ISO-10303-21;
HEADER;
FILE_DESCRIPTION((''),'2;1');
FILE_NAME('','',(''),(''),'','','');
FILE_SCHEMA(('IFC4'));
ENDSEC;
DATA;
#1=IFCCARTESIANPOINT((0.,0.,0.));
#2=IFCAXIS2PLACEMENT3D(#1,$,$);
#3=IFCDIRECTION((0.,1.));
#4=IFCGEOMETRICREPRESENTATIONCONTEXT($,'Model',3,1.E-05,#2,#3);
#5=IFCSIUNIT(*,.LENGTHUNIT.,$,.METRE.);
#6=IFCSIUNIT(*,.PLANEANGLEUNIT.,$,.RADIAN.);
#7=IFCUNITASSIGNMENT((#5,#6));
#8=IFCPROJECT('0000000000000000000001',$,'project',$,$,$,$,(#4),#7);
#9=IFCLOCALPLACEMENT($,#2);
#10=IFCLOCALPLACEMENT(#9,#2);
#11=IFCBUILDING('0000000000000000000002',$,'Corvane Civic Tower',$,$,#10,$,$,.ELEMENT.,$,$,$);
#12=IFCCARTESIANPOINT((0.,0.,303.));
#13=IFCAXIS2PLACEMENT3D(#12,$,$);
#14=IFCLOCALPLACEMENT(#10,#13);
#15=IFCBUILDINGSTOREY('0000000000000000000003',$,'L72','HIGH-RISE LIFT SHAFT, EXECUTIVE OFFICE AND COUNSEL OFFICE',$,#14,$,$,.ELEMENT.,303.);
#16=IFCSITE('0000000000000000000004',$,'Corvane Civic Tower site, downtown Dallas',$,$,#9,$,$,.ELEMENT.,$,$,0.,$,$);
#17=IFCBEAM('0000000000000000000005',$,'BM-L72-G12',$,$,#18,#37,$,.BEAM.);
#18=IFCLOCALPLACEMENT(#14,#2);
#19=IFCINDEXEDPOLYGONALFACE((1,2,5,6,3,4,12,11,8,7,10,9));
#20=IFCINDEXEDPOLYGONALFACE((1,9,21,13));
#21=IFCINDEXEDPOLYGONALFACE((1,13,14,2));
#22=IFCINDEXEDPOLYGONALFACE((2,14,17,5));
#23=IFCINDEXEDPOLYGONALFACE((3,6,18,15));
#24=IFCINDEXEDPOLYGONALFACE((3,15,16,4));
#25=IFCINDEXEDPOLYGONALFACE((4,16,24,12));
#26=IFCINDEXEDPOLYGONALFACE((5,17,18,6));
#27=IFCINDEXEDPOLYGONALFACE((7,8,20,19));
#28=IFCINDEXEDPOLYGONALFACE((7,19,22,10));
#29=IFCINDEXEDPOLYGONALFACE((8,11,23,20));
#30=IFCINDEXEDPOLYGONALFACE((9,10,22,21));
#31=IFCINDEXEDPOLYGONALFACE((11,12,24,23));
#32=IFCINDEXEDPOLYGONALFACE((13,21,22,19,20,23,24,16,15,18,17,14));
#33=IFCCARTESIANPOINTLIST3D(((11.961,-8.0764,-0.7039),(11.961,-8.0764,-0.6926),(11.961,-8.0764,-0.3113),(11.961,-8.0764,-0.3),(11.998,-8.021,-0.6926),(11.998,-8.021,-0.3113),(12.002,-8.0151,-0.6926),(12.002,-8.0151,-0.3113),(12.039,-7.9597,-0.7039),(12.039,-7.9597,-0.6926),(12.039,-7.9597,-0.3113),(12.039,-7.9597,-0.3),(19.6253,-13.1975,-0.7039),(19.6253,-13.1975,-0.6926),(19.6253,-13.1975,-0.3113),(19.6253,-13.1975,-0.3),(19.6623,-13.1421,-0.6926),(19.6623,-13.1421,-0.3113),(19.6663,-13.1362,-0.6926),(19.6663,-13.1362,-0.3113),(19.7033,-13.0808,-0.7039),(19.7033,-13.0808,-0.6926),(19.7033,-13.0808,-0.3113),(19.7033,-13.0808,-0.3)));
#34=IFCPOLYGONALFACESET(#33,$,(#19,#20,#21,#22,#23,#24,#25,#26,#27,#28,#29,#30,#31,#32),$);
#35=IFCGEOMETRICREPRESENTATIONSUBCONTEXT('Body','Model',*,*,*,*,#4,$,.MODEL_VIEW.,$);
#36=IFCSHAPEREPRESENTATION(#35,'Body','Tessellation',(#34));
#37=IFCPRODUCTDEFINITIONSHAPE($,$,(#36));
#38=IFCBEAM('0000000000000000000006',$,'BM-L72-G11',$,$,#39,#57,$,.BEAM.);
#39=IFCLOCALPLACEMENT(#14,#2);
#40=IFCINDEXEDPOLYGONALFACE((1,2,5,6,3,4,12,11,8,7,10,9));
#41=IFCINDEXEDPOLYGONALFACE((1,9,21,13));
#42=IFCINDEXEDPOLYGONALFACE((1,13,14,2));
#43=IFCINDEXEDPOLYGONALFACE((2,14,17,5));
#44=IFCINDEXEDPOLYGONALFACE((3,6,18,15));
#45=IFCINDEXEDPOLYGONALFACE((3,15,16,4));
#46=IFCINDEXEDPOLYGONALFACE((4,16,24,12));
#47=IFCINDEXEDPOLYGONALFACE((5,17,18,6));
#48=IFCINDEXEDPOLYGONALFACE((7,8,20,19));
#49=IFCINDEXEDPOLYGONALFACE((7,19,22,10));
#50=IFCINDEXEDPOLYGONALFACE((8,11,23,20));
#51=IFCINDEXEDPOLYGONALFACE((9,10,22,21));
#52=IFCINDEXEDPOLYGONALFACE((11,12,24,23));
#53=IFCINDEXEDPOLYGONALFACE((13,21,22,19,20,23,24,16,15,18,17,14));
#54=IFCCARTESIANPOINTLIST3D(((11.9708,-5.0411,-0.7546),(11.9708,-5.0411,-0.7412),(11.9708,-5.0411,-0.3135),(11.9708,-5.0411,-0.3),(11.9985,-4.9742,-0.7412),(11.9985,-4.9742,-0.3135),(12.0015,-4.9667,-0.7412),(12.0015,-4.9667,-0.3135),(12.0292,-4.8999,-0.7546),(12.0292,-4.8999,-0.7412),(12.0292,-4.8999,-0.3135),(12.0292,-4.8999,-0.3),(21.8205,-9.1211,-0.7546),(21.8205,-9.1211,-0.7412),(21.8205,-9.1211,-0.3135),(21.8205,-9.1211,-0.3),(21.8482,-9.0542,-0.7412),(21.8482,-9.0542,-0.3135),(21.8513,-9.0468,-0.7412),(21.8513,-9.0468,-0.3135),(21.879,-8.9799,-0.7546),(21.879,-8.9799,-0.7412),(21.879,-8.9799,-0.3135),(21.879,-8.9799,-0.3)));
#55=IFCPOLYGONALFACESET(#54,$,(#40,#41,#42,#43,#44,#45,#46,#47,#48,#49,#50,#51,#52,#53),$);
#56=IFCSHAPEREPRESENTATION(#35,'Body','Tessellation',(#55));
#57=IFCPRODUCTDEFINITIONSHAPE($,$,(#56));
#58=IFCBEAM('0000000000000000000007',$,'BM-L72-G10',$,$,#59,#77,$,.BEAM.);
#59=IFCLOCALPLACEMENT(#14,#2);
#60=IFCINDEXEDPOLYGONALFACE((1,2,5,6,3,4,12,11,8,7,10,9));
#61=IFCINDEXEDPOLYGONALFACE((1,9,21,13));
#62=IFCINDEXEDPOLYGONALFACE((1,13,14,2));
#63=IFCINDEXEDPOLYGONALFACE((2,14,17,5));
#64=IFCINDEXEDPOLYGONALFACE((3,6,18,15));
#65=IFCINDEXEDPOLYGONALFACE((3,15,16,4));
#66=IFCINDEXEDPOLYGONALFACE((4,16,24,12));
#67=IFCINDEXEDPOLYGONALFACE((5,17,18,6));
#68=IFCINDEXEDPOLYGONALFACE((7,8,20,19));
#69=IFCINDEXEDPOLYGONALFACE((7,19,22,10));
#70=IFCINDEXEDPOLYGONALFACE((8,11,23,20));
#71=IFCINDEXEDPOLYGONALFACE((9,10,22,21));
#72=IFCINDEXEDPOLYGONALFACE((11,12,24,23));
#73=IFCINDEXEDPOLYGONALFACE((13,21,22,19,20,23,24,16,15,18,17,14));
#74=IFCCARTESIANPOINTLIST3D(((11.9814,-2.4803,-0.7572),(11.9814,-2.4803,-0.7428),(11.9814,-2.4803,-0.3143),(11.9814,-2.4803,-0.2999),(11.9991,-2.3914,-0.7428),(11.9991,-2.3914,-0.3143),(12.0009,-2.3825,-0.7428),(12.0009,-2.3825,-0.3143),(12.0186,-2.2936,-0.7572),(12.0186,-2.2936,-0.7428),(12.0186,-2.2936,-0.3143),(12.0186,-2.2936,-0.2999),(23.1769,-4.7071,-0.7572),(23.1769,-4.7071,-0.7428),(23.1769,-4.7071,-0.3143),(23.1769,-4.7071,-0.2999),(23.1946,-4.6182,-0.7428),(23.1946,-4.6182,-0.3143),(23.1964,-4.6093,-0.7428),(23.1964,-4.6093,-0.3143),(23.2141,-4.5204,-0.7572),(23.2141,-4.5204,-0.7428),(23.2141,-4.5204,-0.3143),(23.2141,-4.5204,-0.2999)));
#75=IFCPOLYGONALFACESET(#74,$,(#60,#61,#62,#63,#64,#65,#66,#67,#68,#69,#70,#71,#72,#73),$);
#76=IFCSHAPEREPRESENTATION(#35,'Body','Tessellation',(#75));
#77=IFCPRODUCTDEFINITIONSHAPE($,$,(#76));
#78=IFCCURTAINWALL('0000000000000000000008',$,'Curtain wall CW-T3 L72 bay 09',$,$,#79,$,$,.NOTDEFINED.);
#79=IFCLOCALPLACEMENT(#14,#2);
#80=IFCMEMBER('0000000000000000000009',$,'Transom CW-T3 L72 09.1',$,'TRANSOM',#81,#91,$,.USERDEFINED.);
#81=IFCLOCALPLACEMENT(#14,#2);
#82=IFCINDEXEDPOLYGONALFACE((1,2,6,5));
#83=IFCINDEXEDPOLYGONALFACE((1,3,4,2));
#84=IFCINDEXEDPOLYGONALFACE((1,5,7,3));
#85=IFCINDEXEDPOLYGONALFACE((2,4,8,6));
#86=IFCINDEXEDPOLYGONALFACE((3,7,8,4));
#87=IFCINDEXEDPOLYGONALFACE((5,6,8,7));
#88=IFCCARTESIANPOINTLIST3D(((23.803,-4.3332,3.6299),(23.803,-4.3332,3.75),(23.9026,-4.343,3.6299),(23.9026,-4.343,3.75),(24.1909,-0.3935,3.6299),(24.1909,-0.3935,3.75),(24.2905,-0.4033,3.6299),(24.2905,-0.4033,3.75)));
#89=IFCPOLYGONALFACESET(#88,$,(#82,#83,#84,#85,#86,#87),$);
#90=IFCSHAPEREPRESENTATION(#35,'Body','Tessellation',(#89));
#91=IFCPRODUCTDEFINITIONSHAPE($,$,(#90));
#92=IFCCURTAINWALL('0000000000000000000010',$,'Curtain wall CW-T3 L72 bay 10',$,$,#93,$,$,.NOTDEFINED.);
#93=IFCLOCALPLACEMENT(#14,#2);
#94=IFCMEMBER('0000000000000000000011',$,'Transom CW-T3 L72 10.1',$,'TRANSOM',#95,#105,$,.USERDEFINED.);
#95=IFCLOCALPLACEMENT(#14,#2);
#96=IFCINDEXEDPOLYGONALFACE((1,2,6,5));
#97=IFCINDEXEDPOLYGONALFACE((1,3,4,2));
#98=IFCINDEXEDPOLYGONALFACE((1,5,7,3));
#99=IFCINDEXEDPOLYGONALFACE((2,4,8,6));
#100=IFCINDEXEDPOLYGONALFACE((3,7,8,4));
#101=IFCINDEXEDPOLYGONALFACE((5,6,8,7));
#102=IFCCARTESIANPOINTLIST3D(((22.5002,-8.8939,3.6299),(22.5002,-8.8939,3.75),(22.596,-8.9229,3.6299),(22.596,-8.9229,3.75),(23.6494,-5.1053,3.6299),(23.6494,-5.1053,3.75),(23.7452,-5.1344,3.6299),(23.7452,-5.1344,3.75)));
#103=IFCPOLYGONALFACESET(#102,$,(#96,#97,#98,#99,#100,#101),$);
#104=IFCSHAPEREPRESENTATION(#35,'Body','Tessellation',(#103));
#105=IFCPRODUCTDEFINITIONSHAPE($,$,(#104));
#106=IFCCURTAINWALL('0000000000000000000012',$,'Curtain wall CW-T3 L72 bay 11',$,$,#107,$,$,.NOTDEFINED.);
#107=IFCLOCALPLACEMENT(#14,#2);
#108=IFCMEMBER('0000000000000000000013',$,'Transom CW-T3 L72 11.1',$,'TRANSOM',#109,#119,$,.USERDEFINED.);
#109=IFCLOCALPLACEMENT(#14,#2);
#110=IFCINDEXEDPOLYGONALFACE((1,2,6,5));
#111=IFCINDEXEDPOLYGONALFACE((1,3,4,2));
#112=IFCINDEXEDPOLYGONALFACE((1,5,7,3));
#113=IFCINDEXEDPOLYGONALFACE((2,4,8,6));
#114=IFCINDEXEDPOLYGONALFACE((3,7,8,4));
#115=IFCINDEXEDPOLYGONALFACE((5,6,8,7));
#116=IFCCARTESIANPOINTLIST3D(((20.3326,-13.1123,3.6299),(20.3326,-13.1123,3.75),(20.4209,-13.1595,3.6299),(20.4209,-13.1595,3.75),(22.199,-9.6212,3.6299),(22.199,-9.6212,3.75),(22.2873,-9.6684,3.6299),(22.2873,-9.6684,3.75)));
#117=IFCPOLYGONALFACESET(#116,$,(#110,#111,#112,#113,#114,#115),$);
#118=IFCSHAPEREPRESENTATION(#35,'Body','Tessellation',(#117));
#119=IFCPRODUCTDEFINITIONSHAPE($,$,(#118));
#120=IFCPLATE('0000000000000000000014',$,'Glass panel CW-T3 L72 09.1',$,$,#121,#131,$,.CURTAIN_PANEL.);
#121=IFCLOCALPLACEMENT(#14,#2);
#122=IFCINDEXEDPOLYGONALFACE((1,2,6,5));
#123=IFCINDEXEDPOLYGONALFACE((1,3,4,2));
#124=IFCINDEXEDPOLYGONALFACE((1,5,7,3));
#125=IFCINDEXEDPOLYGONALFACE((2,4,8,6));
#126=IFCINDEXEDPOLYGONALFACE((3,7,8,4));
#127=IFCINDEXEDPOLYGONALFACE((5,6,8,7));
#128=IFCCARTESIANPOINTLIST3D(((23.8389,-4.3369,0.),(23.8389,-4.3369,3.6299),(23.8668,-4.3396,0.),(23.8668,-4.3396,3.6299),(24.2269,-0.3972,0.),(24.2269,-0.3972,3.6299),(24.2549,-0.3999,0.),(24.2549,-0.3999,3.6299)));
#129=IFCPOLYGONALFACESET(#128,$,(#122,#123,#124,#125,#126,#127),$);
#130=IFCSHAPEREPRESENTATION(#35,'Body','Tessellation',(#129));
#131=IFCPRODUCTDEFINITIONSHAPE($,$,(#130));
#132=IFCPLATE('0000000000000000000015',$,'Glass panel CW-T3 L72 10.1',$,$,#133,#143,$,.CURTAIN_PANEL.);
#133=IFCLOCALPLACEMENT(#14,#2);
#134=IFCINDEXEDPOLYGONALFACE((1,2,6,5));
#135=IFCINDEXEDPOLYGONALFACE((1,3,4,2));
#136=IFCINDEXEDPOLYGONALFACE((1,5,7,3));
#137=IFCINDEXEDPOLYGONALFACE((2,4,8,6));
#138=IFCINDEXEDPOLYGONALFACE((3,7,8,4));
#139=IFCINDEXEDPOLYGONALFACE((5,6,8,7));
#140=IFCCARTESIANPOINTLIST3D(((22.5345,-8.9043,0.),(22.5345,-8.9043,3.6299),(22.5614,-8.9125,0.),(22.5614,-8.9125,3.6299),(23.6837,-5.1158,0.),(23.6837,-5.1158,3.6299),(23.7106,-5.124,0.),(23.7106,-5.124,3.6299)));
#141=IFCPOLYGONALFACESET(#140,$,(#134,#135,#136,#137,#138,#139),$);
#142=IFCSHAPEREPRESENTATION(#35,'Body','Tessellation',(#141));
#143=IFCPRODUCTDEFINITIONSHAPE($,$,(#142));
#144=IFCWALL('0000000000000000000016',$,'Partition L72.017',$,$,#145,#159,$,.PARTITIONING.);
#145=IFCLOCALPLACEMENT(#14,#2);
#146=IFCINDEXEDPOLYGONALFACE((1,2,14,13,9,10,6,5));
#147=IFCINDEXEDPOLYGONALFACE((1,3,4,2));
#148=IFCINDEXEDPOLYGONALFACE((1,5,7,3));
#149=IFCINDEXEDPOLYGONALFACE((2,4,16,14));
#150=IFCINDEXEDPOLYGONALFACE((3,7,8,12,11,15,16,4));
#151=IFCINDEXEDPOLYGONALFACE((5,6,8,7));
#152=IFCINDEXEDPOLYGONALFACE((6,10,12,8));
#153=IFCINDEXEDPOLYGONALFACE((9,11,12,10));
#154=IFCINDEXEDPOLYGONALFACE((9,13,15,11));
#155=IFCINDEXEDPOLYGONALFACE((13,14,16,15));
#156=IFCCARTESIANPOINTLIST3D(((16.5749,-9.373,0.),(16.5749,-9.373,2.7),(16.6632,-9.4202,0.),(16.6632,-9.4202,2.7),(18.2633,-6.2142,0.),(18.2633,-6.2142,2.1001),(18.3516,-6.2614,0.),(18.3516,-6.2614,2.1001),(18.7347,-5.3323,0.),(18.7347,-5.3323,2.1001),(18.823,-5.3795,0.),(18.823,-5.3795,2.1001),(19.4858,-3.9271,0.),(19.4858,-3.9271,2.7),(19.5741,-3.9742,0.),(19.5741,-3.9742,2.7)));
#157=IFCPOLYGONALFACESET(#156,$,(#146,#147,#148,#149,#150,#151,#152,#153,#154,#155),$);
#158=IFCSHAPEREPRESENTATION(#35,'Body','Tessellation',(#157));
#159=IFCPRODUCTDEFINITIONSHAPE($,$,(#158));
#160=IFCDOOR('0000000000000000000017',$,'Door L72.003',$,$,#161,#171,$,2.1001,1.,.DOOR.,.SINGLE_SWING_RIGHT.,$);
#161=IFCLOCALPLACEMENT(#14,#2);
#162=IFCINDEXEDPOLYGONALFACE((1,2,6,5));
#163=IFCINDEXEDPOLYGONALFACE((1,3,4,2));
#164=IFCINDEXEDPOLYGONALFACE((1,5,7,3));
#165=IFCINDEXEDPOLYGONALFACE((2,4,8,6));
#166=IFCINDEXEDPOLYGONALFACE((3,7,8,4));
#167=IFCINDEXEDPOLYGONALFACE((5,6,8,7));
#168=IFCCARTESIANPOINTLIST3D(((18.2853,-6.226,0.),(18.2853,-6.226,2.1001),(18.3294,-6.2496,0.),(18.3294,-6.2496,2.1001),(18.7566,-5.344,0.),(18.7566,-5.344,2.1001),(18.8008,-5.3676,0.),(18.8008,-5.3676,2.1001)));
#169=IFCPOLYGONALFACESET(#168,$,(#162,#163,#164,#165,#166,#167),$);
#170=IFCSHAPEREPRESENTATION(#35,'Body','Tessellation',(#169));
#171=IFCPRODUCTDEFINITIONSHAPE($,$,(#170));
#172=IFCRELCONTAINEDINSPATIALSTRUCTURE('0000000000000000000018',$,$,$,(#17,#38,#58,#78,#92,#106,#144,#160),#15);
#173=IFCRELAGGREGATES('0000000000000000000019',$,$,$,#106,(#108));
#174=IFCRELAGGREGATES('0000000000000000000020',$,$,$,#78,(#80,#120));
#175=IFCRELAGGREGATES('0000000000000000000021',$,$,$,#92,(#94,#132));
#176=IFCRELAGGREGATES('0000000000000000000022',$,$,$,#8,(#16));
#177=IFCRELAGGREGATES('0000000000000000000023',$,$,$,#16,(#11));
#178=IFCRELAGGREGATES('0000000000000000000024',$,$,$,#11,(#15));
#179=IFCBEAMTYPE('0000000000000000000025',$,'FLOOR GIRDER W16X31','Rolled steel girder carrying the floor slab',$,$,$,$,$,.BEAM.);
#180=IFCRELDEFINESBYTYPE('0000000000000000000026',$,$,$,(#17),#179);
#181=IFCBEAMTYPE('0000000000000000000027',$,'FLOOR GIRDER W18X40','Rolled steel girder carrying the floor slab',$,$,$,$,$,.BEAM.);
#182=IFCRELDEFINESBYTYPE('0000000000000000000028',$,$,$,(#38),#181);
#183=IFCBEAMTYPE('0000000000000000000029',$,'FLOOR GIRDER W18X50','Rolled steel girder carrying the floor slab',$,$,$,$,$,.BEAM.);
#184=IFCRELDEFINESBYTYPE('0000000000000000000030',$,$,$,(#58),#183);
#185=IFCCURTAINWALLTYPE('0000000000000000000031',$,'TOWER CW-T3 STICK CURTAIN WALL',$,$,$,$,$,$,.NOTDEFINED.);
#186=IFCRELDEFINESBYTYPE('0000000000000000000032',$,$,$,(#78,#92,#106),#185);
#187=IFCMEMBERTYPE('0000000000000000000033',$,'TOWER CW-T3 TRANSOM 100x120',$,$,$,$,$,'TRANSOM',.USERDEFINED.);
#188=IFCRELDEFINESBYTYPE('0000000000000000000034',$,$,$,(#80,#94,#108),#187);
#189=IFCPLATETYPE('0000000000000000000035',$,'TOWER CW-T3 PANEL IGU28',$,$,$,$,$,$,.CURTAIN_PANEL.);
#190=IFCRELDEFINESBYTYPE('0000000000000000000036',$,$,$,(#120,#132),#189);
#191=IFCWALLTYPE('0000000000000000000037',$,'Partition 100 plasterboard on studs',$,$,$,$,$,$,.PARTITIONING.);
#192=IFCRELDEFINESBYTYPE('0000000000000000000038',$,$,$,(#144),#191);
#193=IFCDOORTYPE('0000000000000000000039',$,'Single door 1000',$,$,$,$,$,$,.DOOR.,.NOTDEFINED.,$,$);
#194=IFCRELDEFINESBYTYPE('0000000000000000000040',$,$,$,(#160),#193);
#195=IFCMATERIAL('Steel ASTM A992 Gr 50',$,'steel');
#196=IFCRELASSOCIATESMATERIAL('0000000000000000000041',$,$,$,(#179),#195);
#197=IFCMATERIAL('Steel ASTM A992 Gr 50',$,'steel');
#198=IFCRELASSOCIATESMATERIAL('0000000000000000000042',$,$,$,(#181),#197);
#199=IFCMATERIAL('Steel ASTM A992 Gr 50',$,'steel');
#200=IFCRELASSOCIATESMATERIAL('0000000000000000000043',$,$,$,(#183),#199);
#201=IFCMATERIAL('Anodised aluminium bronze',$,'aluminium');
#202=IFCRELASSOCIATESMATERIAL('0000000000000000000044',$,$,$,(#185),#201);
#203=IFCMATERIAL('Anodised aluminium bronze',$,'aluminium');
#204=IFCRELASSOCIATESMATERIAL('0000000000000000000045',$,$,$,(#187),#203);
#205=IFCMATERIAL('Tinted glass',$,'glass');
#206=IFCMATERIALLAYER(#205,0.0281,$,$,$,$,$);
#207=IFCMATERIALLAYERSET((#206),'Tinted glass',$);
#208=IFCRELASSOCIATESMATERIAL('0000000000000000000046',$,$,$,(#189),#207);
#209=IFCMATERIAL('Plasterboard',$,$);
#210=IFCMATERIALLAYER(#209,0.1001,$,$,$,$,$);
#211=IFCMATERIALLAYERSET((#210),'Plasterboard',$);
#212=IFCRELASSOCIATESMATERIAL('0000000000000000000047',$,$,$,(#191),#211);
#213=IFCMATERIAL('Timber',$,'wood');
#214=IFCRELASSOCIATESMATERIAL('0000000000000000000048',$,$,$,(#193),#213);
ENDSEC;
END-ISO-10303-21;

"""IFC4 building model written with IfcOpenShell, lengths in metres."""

from ifc_helpers import new_model, si_unit, direction, frame, frame_2d, origin, origin_2d, place, context, subcontext, project, spatial, rectangle, i_section, extrude, material, layer, layer_set, material_profile, profile_set, type_object, element, fill, aggregate, save


model = new_model("IFC4")

# Units and contexts
model_context = context("Model", 3, precision=1e-05, world=origin(), true_north=direction((0.0, 1.0)))
body_context = subcontext(model_context, "Body", "Model", "MODEL_VIEW")
ifc_project = project(units=[si_unit("LENGTHUNIT", "METRE"), si_unit("PLANEANGLEUNIT", "RADIAN")], contexts=[model_context])

# Site, building, storey
site_placement = place(None, origin())
site = spatial("IfcSite", under=ifc_project, at=site_placement, Name="Corvane Civic Tower site, downtown Dallas", CompositionType="ELEMENT", RefElevation=0.0)
building_placement = place(site_placement, origin())
building = spatial("IfcBuilding", under=site, at=building_placement, Name="Corvane Civic Tower", CompositionType="ELEMENT")
storey_placement = place(building_placement, frame((0.0, 0.0, 303.0)))
storey = spatial("IfcBuildingStorey", under=building, at=storey_placement, Name="L72", Description="HIGH-RISE LIFT SHAFT, EXECUTIVE OFFICE AND COUNSEL OFFICE", CompositionType="ELEMENT", Elevation=303.0)

# Beams
ifc_material_1 = material(Name="Steel ASTM A992 Gr 50", Category="steel")
ifc_material_profile_1 = material_profile(ifc_material_1, i_section(OverallWidth=0.1404, OverallDepth=0.4038, WebThickness=0.0071, FlangeThickness=0.0112, at=origin_2d()), Name="W16X31")
ifc_profile_set_1 = profile_set([ifc_material_profile_1], Name="Steel ASTM A992 Gr 50")
beam_type_1 = type_object("IfcBeamType", Name="FLOOR GIRDER W16X31", Description="Rolled steel girder carrying the floor slab", PredefinedType="BEAM", material=ifc_profile_set_1)
beam_1_placement = place(storey_placement, frame((12.0, -8.0181, -0.502), z_axis=(0.831471, -0.555568, 0.0), x_axis=(0.555568, 0.831471, 0.0)))
element("IfcBeam", 1, at=beam_1_placement, inside=storey, type_object=beam_type_1, Name="BM-L72-G12", PredefinedType="BEAM", context=body_context, shape_type="SweptSolid", body=[
    extrude(i_section(OverallWidth=0.1404, OverallDepth=0.4038, WebThickness=0.0071, FlangeThickness=0.0112, at=origin_2d()), origin(), (0.0, 0.0, 1.0), 9.2178),
])
ifc_material_2 = material(Name="Steel ASTM A992 Gr 50", Category="steel")
ifc_material_profile_2 = material_profile(ifc_material_2, i_section(OverallWidth=0.1528, OverallDepth=0.4546, WebThickness=0.0081, FlangeThickness=0.0134, at=origin_2d()), Name="W18X40")
ifc_profile_set_2 = profile_set([ifc_material_profile_2], Name="Steel ASTM A992 Gr 50")
beam_type_2 = type_object("IfcBeamType", Name="FLOOR GIRDER W18X40", Description="Rolled steel girder carrying the floor slab", PredefinedType="BEAM", material=ifc_profile_set_2)
beam_2_placement = place(storey_placement, frame((12.0, -4.9705, -0.5273), z_axis=(0.923875, -0.382694, 0.0), x_axis=(0.382694, 0.923875, 0.0)))
element("IfcBeam", 2, at=beam_2_placement, inside=storey, type_object=beam_type_2, Name="BM-L72-G11", PredefinedType="BEAM", context=body_context, shape_type="SweptSolid", body=[
    extrude(i_section(OverallWidth=0.1528, OverallDepth=0.4546, WebThickness=0.0081, FlangeThickness=0.0134, at=origin_2d()), origin(), (0.0, 0.0, 1.0), 10.6614),
])
ifc_material_3 = material(Name="Steel ASTM A992 Gr 50", Category="steel")
ifc_material_profile_3 = material_profile(ifc_material_3, i_section(OverallWidth=0.1904, OverallDepth=0.4573, WebThickness=0.009, FlangeThickness=0.0144, at=origin_2d()), Name="W18X50")
ifc_profile_set_3 = profile_set([ifc_material_profile_3], Name="Steel ASTM A992 Gr 50")
beam_type_3 = type_object("IfcBeamType", Name="FLOOR GIRDER W18X50", Description="Rolled steel girder carrying the floor slab", PredefinedType="BEAM", material=ifc_profile_set_3)
beam_3_placement = place(storey_placement, frame((12.0, -2.387, -0.5286), z_axis=(0.980787, -0.19508, 0.0), x_axis=(0.19508, 0.980787, 0.0)))
element("IfcBeam", 3, at=beam_3_placement, inside=storey, type_object=beam_type_3, Name="BM-L72-G10", PredefinedType="BEAM", context=body_context, shape_type="SweptSolid", body=[
    extrude(i_section(OverallWidth=0.1904, OverallDepth=0.4573, WebThickness=0.009, FlangeThickness=0.0144, at=origin_2d()), origin(), (0.0, 0.0, 1.0), 11.4148),
])

# Curtain walls, members
ifc_material_4 = material(Name="Anodised aluminium bronze", Category="aluminium")
curtain_wall_type = type_object("IfcCurtainWallType", Name="TOWER CW-T3 STICK CURTAIN WALL", PredefinedType="NOTDEFINED", material=ifc_material_4)
curtain_wall_1_placement = place(storey_placement, origin())
curtain_wall_1 = element("IfcCurtainWall", 4, at=curtain_wall_1_placement, inside=storey, type_object=curtain_wall_type, Name="Curtain wall CW-T3 L72 bay 09", PredefinedType="NOTDEFINED")
ifc_material_5 = material(Name="Anodised aluminium bronze", Category="aluminium")
ifc_material_profile_4 = material_profile(ifc_material_5, rectangle(XDim=0.1001, YDim=0.1201, at=origin_2d()), Name="TOWER CW-T3 TRANSOM 100x120")
ifc_profile_set_4 = profile_set([ifc_material_profile_4], Name="Anodised aluminium bronze")
member_type = type_object("IfcMemberType", Name="TOWER CW-T3 TRANSOM 100x120", ElementType="TRANSOM", PredefinedType="USERDEFINED", material=ifc_profile_set_4)
member_1_placement = place(storey_placement, frame((24.2407, -0.3984, 3.6899), z_axis=(-0.097995, -0.995187, 0.0), x_axis=(0.995187, -0.097995, 0.0)))
member_1 = element("IfcMember", 5, at=member_1_placement, type_object=member_type, Name="Transom CW-T3 L72 09.1", ObjectType="TRANSOM", PredefinedType="USERDEFINED", context=body_context, shape_type="SweptSolid", body=[
    extrude(rectangle(XDim=0.1001, YDim=0.1201, at=origin_2d()), origin(), (0.0, 0.0, 1.0), 3.9587),
])
curtain_wall_2_placement = place(storey_placement, origin())
curtain_wall_2 = element("IfcCurtainWall", 6, at=curtain_wall_2_placement, inside=storey, type_object=curtain_wall_type, Name="Curtain wall CW-T3 L72 bay 10", PredefinedType="NOTDEFINED")
member_2_placement = place(storey_placement, frame((23.6973, -5.1199, 3.6899), z_axis=(-0.290266, -0.956946, 0.0), x_axis=(0.956946, -0.290266, 0.0)))
member_2 = element("IfcMember", 7, at=member_2_placement, type_object=member_type, Name="Transom CW-T3 L72 10.1", ObjectType="TRANSOM", PredefinedType="USERDEFINED", context=body_context, shape_type="SweptSolid", body=[
    extrude(rectangle(XDim=0.1001, YDim=0.1201, at=origin_2d()), origin(), (0.0, 0.0, 1.0), 3.959),
])
curtain_wall_3_placement = place(storey_placement, origin())
curtain_wall_3 = element("IfcCurtainWall", 8, at=curtain_wall_3_placement, inside=storey, type_object=curtain_wall_type, Name="Curtain wall CW-T3 L72 bay 11", PredefinedType="NOTDEFINED")
member_3_placement = place(storey_placement, frame((22.2432, -9.6448, 3.6899), z_axis=(-0.471468, -0.881883, 0.0), x_axis=(0.881883, -0.471468, 0.0)))
member_3 = element("IfcMember", 9, at=member_3_placement, type_object=member_type, Name="Transom CW-T3 L72 11.1", ObjectType="TRANSOM", PredefinedType="USERDEFINED", context=body_context, shape_type="SweptSolid", body=[
    extrude(rectangle(XDim=0.1001, YDim=0.1201, at=origin_2d()), origin(), (0.0, 0.0, 1.0), 3.9587),
])
aggregate(curtain_wall_3, [member_3])

# Plates
ifc_material_6 = material(Name="Tinted glass", Category="glass")
ifc_layer_1 = layer(ifc_material_6, 0.0281)
ifc_layer_set_1 = layer_set([ifc_layer_1], Name="Tinted glass")
plate_type = type_object("IfcPlateType", Name="TOWER CW-T3 PANEL IGU28", PredefinedType="CURTAIN_PANEL", material=ifc_layer_set_1)
plate_1_placement = place(storey_placement, frame((24.0469, -2.3684, 0.0), z_axis=(0.0, 0.0, 1.0), x_axis=(-0.098021, -0.995184, 0.0)))
plate_1 = element("IfcPlate", 10, at=plate_1_placement, type_object=plate_type, Name="Glass panel CW-T3 L72 09.1", PredefinedType="CURTAIN_PANEL", context=body_context, shape_type="SweptSolid", body=[
    extrude(rectangle(XDim=3.9587, YDim=0.0281, at=origin_2d()), origin(), (0.0, 0.0, 1.0), 3.6299),
])
aggregate(curtain_wall_1, [member_1, plate_1])
plate_2_placement = place(storey_placement, frame((23.1226, -7.0142, 0.0), z_axis=(0.0, 0.0, 1.0), x_axis=(-0.290274, -0.956944, 0.0)))
plate_2 = element("IfcPlate", 11, at=plate_2_placement, type_object=plate_type, Name="Glass panel CW-T3 L72 10.1", PredefinedType="CURTAIN_PANEL", context=body_context, shape_type="SweptSolid", body=[
    extrude(rectangle(XDim=3.959, YDim=0.0281, at=origin_2d()), origin(), (0.0, 0.0, 1.0), 3.6299),
])
aggregate(curtain_wall_2, [member_2, plate_2])

# Wall, opening, door
ifc_material_7 = material(Name="Plasterboard")
ifc_layer_2 = layer(ifc_material_7, 0.1001)
ifc_layer_set_2 = layer_set([ifc_layer_2], Name="Plasterboard")
wall_type = type_object("IfcWallType", Name="Partition 100 plasterboard on studs", PredefinedType="PARTITIONING", material=ifc_layer_set_2)
wall_1_placement = place(storey_placement, frame((16.6191, -9.3965, 0.0), z_axis=(0.0, 0.0, 1.0), x_axis=(0.471386, 0.881927, 0.0)))
wall_1 = element("IfcWall", 12, at=wall_1_placement, inside=storey, type_object=wall_type, Name="Partition L72.017", PredefinedType="PARTITIONING", context=body_context, shape_type="SweptSolid", body=[
    extrude(rectangle(XDim=6.175, YDim=0.1001, at=frame_2d((3.0874, 0.0))), origin(), (0.0, 0.0, 1.0), 2.7),
])
opening_placement = place(wall_1_placement, frame((3.5815, 0.0, 0.0)))
opening = element("IfcOpeningElement", 13, at=opening_placement, cuts=wall_1, PredefinedType="OPENING", context=body_context, shape_type="SweptSolid", body=[
    extrude(rectangle(XDim=1.0, YDim=2.1001, at=frame_2d((0.5, 1.05))), frame((0.0, 0.0601, 0.0), z_axis=(0.0, -1.0, 0.0), x_axis=(1.0, 0.0, 0.0)), (0.0, 0.0, 1.0), 0.1201),
])
ifc_material_8 = material(Name="Timber", Category="wood")
door_type = type_object("IfcDoorType", Name="Single door 1000", OperationType="NOTDEFINED", PredefinedType="DOOR", material=ifc_material_8)
door_placement = place(opening_placement, frame((1.0, 0.0, 0.0), z_axis=(0.0, 0.0, 1.0), x_axis=(-1.0, 0.0, 0.0)))
door = element("IfcDoor", 14, at=door_placement, inside=storey, type_object=door_type, Name="Door L72.003", OperationType="SINGLE_SWING_RIGHT", OverallHeight=2.1001, OverallWidth=1.0, PredefinedType="DOOR", context=body_context, shape_type="SweptSolid", body=[
    extrude(rectangle(XDim=1.0, YDim=2.1001, at=frame_2d((0.5, 1.05))), frame((0.0, 0.0249, 0.0), z_axis=(0.0, -1.0, 0.0), x_axis=(1.0, 0.0, 0.0)), (0.0, 0.0, 1.0), 0.05),
])
fill(opening, door)

save(model, "model.ifc")
